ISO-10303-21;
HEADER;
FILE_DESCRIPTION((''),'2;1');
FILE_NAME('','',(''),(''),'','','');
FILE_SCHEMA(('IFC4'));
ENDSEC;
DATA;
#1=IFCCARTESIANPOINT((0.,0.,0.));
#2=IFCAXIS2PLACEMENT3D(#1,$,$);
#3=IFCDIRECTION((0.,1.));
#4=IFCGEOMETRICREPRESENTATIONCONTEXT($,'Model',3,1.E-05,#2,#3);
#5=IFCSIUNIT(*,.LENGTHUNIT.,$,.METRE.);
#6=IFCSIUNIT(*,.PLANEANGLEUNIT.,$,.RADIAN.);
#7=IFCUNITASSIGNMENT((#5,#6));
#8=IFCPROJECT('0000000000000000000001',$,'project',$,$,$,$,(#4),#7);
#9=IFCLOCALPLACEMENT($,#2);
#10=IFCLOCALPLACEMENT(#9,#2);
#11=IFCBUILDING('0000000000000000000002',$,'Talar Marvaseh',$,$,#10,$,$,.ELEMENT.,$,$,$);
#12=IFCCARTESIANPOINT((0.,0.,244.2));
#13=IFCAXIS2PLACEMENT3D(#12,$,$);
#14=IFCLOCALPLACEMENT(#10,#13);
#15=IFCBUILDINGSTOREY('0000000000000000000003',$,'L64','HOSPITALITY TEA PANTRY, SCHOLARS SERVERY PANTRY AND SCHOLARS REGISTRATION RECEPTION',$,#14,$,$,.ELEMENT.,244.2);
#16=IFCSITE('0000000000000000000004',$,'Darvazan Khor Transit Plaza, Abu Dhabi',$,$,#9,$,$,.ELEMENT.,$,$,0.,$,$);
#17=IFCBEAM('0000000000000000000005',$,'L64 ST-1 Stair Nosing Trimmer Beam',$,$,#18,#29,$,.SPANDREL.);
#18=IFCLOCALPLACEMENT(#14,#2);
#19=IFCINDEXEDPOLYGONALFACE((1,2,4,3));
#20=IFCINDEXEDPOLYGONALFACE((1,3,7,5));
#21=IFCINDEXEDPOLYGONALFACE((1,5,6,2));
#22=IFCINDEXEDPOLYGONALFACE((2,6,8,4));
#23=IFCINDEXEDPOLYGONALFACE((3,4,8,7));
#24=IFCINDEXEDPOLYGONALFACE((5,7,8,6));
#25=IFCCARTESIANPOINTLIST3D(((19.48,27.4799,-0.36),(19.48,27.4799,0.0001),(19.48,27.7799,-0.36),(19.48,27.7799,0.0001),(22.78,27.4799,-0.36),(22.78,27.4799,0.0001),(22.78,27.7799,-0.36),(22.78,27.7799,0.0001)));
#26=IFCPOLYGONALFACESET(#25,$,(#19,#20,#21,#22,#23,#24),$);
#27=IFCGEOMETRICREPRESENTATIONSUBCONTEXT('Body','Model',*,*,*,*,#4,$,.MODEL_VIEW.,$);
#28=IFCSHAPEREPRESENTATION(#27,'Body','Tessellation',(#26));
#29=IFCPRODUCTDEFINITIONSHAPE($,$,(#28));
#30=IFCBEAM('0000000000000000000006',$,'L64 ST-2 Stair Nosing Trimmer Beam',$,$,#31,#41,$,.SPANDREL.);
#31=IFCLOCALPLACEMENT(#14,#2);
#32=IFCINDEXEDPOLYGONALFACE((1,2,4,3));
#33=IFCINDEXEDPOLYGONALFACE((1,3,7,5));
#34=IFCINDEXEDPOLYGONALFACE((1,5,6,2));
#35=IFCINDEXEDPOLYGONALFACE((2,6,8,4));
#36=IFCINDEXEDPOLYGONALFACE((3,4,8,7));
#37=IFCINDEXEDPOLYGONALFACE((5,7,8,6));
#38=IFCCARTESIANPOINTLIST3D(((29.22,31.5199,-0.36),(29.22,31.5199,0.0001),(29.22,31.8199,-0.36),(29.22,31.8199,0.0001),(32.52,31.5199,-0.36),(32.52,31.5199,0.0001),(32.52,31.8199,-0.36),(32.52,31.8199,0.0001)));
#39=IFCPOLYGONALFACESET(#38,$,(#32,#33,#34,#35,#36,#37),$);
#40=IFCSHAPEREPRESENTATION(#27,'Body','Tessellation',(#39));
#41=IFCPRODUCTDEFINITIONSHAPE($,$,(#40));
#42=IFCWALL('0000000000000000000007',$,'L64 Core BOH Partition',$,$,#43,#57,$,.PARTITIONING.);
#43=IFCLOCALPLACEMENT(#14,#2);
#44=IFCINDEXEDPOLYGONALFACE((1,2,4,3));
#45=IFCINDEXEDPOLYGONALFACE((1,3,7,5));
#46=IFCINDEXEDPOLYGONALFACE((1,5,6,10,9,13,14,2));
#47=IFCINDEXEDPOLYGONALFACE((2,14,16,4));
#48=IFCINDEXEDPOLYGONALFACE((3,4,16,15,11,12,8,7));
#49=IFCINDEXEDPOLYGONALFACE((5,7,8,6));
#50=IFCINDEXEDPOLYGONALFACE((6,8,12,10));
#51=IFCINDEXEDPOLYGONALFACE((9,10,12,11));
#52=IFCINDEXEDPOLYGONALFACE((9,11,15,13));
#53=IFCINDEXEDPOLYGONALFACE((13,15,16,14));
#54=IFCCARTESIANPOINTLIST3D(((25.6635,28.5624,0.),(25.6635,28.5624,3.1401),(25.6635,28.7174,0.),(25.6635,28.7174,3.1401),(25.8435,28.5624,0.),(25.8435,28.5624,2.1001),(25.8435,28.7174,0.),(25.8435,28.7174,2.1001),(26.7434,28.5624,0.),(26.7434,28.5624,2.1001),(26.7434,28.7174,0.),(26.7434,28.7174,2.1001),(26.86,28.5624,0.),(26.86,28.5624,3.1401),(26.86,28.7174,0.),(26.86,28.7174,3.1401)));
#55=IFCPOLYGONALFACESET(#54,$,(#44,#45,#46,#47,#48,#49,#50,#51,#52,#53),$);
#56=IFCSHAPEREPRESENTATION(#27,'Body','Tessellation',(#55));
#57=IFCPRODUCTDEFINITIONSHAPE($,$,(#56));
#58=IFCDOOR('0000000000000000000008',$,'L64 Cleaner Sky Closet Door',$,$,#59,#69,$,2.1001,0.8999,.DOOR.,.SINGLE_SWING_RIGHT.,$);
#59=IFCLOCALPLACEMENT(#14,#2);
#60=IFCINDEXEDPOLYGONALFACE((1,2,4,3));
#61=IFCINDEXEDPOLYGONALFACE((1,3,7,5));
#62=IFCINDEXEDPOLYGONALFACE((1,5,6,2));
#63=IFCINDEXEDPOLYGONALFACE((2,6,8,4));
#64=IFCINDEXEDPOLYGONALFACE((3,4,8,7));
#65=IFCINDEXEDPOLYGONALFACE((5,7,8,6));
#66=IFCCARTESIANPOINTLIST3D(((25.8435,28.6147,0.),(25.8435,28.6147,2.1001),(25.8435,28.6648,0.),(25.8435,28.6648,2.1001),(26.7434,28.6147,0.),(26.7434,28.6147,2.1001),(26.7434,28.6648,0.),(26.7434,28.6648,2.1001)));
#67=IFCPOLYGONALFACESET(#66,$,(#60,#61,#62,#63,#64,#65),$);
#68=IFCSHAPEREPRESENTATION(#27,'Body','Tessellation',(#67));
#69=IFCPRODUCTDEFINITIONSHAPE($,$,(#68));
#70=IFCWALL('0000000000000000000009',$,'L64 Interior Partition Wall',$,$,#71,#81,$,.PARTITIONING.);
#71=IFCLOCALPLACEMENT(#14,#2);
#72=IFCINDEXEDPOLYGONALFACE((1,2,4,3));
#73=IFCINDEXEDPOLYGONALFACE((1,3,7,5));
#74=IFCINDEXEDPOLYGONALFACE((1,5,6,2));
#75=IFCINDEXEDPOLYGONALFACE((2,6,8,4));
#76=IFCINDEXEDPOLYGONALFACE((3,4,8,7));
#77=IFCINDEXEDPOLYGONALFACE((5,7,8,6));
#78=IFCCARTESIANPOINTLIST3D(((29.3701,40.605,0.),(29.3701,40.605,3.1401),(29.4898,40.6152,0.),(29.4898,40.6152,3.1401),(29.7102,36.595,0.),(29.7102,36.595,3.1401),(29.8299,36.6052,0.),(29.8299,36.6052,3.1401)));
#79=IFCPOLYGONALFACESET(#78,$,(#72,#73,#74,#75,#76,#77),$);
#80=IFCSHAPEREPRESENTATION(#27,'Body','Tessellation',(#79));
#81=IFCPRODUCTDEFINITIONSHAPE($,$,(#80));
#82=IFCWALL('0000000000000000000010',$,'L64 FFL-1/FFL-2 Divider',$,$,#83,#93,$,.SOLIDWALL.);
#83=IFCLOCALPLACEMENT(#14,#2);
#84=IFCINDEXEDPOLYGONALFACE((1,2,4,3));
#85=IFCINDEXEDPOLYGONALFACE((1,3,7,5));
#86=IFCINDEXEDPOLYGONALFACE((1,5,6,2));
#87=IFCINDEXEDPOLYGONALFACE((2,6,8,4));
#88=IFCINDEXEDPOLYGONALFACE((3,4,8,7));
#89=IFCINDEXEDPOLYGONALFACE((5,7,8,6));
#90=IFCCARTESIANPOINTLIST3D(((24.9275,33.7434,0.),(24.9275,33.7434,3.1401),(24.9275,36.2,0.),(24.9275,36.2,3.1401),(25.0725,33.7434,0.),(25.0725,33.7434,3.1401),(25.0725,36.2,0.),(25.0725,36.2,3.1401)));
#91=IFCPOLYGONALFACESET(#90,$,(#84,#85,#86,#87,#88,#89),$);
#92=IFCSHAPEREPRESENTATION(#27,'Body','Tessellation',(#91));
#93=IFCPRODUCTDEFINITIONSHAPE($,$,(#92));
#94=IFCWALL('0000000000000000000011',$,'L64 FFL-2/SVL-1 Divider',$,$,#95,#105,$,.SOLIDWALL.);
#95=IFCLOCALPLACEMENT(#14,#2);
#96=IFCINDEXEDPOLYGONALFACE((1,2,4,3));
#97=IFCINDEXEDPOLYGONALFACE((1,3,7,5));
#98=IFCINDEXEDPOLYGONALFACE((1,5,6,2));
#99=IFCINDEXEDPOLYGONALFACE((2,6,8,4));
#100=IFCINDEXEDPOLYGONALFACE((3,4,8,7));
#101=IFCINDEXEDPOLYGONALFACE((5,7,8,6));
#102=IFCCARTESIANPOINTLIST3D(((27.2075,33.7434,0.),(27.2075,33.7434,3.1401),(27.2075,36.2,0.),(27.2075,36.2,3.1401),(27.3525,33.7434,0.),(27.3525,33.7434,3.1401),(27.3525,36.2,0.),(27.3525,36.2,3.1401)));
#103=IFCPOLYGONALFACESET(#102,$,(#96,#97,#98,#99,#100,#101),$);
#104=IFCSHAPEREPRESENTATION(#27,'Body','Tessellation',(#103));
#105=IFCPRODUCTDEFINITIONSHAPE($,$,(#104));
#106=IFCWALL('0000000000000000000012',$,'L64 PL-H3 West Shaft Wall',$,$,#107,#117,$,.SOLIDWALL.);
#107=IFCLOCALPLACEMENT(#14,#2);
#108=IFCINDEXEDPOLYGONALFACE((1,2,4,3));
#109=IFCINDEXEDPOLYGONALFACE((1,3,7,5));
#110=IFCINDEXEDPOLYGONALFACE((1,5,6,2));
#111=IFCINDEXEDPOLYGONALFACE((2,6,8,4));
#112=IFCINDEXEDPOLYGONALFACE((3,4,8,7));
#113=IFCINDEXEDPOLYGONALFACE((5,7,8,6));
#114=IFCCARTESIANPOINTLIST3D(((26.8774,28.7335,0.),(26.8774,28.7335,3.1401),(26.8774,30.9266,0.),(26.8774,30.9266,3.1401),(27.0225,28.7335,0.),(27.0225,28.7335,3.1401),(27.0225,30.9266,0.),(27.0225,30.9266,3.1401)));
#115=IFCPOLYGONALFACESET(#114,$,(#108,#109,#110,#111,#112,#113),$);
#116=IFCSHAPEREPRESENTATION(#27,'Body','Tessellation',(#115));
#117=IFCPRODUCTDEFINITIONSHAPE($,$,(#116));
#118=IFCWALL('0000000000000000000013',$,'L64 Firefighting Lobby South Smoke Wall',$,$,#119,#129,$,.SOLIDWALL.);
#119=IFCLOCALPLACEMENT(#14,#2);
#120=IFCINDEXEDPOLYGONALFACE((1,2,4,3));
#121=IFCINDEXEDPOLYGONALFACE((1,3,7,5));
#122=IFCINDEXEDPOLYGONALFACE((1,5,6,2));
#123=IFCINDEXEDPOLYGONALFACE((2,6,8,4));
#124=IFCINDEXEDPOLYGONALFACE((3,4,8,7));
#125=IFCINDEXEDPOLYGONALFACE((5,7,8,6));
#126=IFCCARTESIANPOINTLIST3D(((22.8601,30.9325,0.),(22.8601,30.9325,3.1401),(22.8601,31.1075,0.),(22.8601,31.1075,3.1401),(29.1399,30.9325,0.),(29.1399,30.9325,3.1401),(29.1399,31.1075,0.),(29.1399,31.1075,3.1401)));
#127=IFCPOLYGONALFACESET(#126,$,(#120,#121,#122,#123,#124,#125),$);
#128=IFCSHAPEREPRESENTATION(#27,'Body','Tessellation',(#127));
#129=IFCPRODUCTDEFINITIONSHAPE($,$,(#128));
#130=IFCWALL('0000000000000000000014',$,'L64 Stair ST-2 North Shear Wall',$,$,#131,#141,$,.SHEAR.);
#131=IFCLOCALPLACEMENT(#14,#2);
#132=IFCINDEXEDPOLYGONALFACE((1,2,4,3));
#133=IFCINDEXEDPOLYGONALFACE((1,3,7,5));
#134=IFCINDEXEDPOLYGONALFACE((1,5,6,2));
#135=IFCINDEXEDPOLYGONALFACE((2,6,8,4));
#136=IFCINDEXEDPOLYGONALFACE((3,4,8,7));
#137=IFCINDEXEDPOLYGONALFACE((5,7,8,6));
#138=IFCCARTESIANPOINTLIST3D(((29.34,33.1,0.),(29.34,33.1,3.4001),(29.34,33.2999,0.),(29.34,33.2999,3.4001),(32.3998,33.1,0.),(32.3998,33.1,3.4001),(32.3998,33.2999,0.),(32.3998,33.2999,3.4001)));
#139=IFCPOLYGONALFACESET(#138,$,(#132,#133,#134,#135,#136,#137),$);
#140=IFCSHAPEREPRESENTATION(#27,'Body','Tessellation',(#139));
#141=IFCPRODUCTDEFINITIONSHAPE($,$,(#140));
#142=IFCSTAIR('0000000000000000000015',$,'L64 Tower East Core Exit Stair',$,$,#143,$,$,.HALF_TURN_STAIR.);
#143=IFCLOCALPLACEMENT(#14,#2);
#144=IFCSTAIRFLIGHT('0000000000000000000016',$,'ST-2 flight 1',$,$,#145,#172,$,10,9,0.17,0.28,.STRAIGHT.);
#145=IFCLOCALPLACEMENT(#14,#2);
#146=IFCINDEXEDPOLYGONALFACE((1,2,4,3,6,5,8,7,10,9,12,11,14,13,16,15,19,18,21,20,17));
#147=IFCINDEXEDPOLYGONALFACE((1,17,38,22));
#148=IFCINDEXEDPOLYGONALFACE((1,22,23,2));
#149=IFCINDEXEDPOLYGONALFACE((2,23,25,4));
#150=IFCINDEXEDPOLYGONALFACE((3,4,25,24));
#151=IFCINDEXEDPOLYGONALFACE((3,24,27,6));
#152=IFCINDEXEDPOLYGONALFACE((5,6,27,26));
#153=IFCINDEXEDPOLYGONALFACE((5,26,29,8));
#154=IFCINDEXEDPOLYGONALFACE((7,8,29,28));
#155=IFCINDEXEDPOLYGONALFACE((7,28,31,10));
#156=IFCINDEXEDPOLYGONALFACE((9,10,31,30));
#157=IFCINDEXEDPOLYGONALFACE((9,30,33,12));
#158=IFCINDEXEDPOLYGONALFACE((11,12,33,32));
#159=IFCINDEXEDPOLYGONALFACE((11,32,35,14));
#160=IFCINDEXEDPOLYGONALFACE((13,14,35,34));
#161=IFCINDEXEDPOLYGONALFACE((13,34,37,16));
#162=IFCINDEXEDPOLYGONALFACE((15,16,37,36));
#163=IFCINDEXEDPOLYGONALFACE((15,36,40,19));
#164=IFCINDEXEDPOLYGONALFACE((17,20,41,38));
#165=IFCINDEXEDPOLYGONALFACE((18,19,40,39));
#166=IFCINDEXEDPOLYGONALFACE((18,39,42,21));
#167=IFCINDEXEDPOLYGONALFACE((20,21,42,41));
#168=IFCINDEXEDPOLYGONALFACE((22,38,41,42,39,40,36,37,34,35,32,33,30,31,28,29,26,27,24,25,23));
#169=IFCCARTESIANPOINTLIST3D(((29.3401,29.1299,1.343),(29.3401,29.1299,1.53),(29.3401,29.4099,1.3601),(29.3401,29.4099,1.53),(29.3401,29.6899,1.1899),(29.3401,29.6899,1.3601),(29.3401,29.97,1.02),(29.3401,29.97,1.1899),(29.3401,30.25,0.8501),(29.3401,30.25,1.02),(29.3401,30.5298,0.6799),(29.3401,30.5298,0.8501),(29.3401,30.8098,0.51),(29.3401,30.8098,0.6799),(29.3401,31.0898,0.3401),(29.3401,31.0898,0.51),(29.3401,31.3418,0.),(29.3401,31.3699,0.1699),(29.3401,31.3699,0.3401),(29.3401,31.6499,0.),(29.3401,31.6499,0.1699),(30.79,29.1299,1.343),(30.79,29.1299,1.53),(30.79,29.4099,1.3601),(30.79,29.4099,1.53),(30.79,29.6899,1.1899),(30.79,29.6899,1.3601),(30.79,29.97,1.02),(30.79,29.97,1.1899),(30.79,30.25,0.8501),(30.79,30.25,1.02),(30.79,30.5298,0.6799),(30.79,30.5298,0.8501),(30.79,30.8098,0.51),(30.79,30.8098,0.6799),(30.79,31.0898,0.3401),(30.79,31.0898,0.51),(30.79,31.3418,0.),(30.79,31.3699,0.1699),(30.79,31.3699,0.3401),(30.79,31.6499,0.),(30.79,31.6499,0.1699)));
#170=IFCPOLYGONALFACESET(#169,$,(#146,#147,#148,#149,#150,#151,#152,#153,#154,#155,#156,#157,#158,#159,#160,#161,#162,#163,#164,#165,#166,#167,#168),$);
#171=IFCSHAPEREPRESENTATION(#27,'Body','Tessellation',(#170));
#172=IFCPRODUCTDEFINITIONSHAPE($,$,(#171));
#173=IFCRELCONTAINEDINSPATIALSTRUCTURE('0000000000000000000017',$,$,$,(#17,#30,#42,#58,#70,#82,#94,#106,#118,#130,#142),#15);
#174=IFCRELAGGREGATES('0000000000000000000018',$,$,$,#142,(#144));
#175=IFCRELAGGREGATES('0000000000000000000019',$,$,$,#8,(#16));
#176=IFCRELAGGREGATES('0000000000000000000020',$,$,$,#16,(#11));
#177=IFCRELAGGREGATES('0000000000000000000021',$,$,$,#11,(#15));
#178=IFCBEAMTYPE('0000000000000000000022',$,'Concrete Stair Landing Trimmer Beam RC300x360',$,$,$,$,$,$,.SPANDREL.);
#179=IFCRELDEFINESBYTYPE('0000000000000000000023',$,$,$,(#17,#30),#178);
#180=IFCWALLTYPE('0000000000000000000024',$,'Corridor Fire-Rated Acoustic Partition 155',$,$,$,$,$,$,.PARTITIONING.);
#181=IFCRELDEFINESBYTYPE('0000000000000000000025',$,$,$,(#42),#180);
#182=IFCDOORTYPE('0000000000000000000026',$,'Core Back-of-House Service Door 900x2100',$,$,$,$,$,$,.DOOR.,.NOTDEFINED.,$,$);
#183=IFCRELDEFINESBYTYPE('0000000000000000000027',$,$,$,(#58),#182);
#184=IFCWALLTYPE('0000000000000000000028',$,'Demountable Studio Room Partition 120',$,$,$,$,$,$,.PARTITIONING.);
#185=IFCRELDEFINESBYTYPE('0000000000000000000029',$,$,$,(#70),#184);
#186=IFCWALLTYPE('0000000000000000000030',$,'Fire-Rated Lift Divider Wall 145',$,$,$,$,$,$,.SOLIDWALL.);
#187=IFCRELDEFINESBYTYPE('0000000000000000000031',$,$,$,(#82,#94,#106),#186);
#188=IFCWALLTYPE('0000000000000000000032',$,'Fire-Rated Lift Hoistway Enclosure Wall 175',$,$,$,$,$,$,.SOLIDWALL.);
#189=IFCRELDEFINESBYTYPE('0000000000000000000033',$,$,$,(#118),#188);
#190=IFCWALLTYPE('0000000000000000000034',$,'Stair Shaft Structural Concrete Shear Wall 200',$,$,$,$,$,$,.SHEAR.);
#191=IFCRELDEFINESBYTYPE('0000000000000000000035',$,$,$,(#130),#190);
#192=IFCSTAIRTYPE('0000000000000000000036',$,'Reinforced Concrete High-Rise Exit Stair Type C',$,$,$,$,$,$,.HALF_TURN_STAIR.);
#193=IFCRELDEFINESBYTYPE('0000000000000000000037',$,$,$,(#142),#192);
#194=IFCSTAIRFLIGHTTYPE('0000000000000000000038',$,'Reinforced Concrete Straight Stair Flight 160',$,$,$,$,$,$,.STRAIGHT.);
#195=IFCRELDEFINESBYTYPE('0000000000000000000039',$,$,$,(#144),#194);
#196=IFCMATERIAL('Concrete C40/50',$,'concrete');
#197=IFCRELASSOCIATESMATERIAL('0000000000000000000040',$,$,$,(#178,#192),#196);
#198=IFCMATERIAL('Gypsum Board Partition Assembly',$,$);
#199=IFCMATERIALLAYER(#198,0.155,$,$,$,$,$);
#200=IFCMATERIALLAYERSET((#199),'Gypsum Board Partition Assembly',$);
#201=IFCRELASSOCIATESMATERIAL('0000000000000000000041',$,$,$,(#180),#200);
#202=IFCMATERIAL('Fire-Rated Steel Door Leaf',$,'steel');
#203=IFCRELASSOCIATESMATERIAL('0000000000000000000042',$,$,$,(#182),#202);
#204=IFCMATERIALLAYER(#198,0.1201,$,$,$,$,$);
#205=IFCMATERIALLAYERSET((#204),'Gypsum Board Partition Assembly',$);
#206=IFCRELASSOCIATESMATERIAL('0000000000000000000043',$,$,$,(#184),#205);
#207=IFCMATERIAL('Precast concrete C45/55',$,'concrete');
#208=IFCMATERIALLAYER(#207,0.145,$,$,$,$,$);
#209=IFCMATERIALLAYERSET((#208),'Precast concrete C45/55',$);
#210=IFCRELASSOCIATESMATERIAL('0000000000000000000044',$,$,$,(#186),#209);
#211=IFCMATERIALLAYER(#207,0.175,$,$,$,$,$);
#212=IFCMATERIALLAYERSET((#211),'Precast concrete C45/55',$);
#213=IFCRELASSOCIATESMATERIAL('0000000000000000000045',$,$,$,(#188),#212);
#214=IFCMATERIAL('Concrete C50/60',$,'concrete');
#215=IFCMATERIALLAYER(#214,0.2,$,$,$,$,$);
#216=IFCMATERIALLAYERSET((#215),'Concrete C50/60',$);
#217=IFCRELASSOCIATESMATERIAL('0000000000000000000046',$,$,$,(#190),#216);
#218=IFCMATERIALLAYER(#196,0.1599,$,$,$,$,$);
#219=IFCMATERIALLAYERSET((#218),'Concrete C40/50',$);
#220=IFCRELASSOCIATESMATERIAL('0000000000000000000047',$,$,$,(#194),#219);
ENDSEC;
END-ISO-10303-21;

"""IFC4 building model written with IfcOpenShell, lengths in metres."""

from ifc_helpers import new_model, si_unit, direction, frame, frame_2d, origin, origin_2d, place, context, subcontext, project, spatial, polyline, rectangle, outline, extrude, source, transform, mapped, material, layer, layer_set, material_profile, profile_set, type_object, type_shapes, element, fill, aggregate, save


model = new_model("IFC4")

# Units and contexts
model_context = context("Model", 3, precision=1e-05, world=origin(), true_north=direction((0.0, 1.0)))
body_context = subcontext(model_context, "Body", "Model", "MODEL_VIEW")
ifc_project = project(units=[si_unit("LENGTHUNIT", "METRE"), si_unit("PLANEANGLEUNIT", "RADIAN")], contexts=[model_context])

# Site, building, storey
site_placement = place(None, origin())
site = spatial("IfcSite", under=ifc_project, at=site_placement, Name="Darvazan Khor Transit Plaza, Abu Dhabi", CompositionType="ELEMENT", RefElevation=0.0)
building_placement = place(site_placement, origin())
building = spatial("IfcBuilding", under=site, at=building_placement, Name="Talar Marvaseh", CompositionType="ELEMENT")
storey_placement = place(building_placement, frame((0.0, 0.0, 244.2)))
storey = spatial("IfcBuildingStorey", under=building, at=storey_placement, Name="L64", Description="HOSPITALITY TEA PANTRY, SCHOLARS SERVERY PANTRY AND SCHOLARS REGISTRATION RECEPTION", CompositionType="ELEMENT", Elevation=244.2)

# Beams
ifc_material_1 = material(Name="Concrete C40/50", Category="concrete")
ifc_material_profile = material_profile(ifc_material_1, rectangle(XDim=0.3, YDim=0.3601, at=origin_2d()), Name="RC300x360")
ifc_profile_set = profile_set([ifc_material_profile], Name="Concrete C40/50")
beam_type = type_object("IfcBeamType", Name="Concrete Stair Landing Trimmer Beam RC300x360", PredefinedType="SPANDREL", material=ifc_profile_set)
for number, where, z_axis, x_axis, name in (
    (1, (22.78, 27.6299, -0.1799), (-1.0, 0.0, 0.0), (0.0, -1.0, 0.0), "L64 ST-1 Stair Nosing Trimmer Beam"),
    (2, (29.22, 31.6699, -0.1799), (1.0, 0.0, 0.0), (0.0, 1.0, 0.0), "L64 ST-2 Stair Nosing Trimmer Beam"),
):
    element("IfcBeam", number, at=place(storey_placement, frame(where, z_axis=z_axis, x_axis=x_axis)), inside=storey, type_object=beam_type, Name=name, PredefinedType="SPANDREL", context=body_context, shape_type="SweptSolid", body=[
        extrude(rectangle(XDim=0.3, YDim=0.3601, at=origin_2d()), origin(), (0.0, 0.0, 1.0), 3.3),
    ])

# Wall, opening, door
ifc_material_2 = material(Name="Gypsum Board Partition Assembly")
ifc_layer_1 = layer(ifc_material_2, 0.155)
ifc_layer_set_1 = layer_set([ifc_layer_1], Name="Gypsum Board Partition Assembly")
wall_type_1 = type_object("IfcWallType", Name="Corridor Fire-Rated Acoustic Partition 155", PredefinedType="PARTITIONING", material=ifc_layer_set_1)
wall_1_placement = place(storey_placement, frame((25.6636, 28.6399, 0.0), z_axis=(0.0, 0.0, 1.0), x_axis=(1.0, 0.0, 0.0)))
wall_1 = element("IfcWall", 3, at=wall_1_placement, inside=storey, type_object=wall_type_1, Name="L64 Core BOH Partition", PredefinedType="PARTITIONING", context=body_context, shape_type="SweptSolid", body=[
    extrude(rectangle(XDim=1.1965, YDim=0.155, at=frame_2d((0.5981, 0.0))), origin(), (0.0, 0.0, 1.0), 3.1401),
])
opening_1_placement = place(wall_1_placement, frame((0.1799, 0.0, 0.0)))
opening_1 = element("IfcOpeningElement", 4, at=opening_1_placement, cuts=wall_1, PredefinedType="OPENING", context=body_context, shape_type="SweptSolid", body=[
    extrude(rectangle(XDim=0.8999, YDim=2.1001, at=frame_2d((0.45, 1.05))), frame((0.0, 0.0874, 0.0), z_axis=(0.0, -1.0, 0.0), x_axis=(1.0, 0.0, 0.0)), (0.0, 0.0, 1.0), 0.175),
])
ifc_material_3 = material(Name="Fire-Rated Steel Door Leaf", Category="steel")
door_type_1 = type_object("IfcDoorType", Name="Core Back-of-House Service Door 900x2100", OperationType="NOTDEFINED", PredefinedType="DOOR", material=ifc_material_3)
shared_shape_1 = source(origin(), body_context, "Body", "SweptSolid", [
    extrude(rectangle(XDim=0.8999, YDim=2.1001, at=frame_2d((0.45, 1.05))), frame((0.0, 0.0249, 0.0), z_axis=(0.0, -1.0, 0.0), x_axis=(1.0, 0.0, 0.0)), (0.0, 0.0, 1.0), 0.05),
])
type_shapes(door_type_1, [shared_shape_1])
door_1_placement = place(opening_1_placement, origin())
door_1 = element("IfcDoor", 5, at=door_1_placement, inside=storey, type_object=door_type_1, Name="L64 Cleaner Sky Closet Door", OperationType="SINGLE_SWING_RIGHT", OverallHeight=2.1001, OverallWidth=0.8999, PredefinedType="DOOR", context=body_context, shape_type="MappedRepresentation", body=[
    mapped(shared_shape_1, transform((0.0, 0.0, 0.0), x_axis=(1.0, 0.0, 0.0), y_axis=(0.0, 1.0, 0.0), z_axis=(0.0, 0.0, 1.0), scale=1.0)),
])
fill(opening_1, door_1)

# Walls
ifc_layer_2 = layer(ifc_material_2, 0.1201)
ifc_layer_set_2 = layer_set([ifc_layer_2], Name="Gypsum Board Partition Assembly")
wall_type_2 = type_object("IfcWallType", Name="Demountable Studio Room Partition 120", PredefinedType="PARTITIONING", material=ifc_layer_set_2)
wall_2_placement = place(storey_placement, frame((29.77, 36.6001, 0.0), z_axis=(0.0, 0.0, 1.0), x_axis=(-0.084506, 0.996423, 0.0)))
element("IfcWall", 6, at=wall_2_placement, inside=storey, type_object=wall_type_2, Name="L64 Interior Partition Wall", PredefinedType="PARTITIONING", context=body_context, shape_type="SweptSolid", body=[
    extrude(rectangle(XDim=4.0244, YDim=0.1201, at=frame_2d((2.0122, 0.0))), origin(), (0.0, 0.0, 1.0), 3.1401),
])
ifc_material_4 = material(Name="Precast concrete C45/55", Category="concrete")
ifc_layer_3 = layer(ifc_material_4, 0.145)
ifc_layer_set_3 = layer_set([ifc_layer_3], Name="Precast concrete C45/55")
wall_type_3 = type_object("IfcWallType", Name="Fire-Rated Lift Divider Wall 145", PredefinedType="SOLIDWALL", material=ifc_layer_set_3)
for number, where, z_axis, x_axis, name in (
    (7, (25.0, 33.7434, 0.0), (0.0, 0.0, 1.0), (0.0, 1.0, 0.0), "L64 FFL-1/FFL-2 Divider"),
    (8, (27.28, 33.7434, 0.0), (0.0, 0.0, 1.0), (0.0, 1.0, 0.0), "L64 FFL-2/SVL-1 Divider"),
):
    element("IfcWall", number, at=place(storey_placement, frame(where, z_axis=z_axis, x_axis=x_axis)), inside=storey, type_object=wall_type_3, Name=name, PredefinedType="SOLIDWALL", context=body_context, shape_type="SweptSolid", body=[
        extrude(rectangle(XDim=2.4565, YDim=0.145, at=frame_2d((1.2283, 0.0))), origin(), (0.0, 0.0, 1.0), 3.1401),
    ])
wall_3_placement = place(storey_placement, frame((26.95, 28.7334, 0.0), z_axis=(0.0, 0.0, 1.0), x_axis=(0.0, 1.0, 0.0)))
element("IfcWall", 9, at=wall_3_placement, inside=storey, type_object=wall_type_3, Name="L64 PL-H3 West Shaft Wall", PredefinedType="SOLIDWALL", context=body_context, shape_type="SweptSolid", body=[
    extrude(rectangle(XDim=2.1931, YDim=0.145, at=frame_2d((1.0967, 0.0))), origin(), (0.0, 0.0, 1.0), 3.1401),
])

# Shared definitions
ifc_layer_4 = layer(ifc_material_4, 0.175)
ifc_layer_set_4 = layer_set([ifc_layer_4], Name="Precast concrete C45/55")
wall_type_4 = type_object("IfcWallType", Name="Fire-Rated Lift Hoistway Enclosure Wall 175", PredefinedType="SOLIDWALL", material=ifc_layer_set_4)

# Wall
wall_4_placement = place(storey_placement, frame((22.8601, 31.02, 0.0), z_axis=(0.0, 0.0, 1.0), x_axis=(1.0, 0.0, 0.0)))
element("IfcWall", 10, at=wall_4_placement, inside=storey, type_object=wall_type_4, Name="L64 Firefighting Lobby South Smoke Wall", PredefinedType="SOLIDWALL", context=body_context, shape_type="SweptSolid", body=[
    extrude(rectangle(XDim=6.2798, YDim=0.175, at=frame_2d((3.1399, 0.0))), origin(), (0.0, 0.0, 1.0), 3.1401),
])

# Wall
ifc_material_5 = material(Name="Concrete C50/60", Category="concrete")
ifc_layer_5 = layer(ifc_material_5, 0.2)
ifc_layer_set_5 = layer_set([ifc_layer_5], Name="Concrete C50/60")
wall_type_5 = type_object("IfcWallType", Name="Stair Shaft Structural Concrete Shear Wall 200", PredefinedType="SHEAR", material=ifc_layer_set_5)
wall_5_placement = place(storey_placement, frame((29.3401, 33.2, 0.0), z_axis=(0.0, 0.0, 1.0), x_axis=(1.0, 0.0, 0.0)))
element("IfcWall", 11, at=wall_5_placement, inside=storey, type_object=wall_type_5, Name="L64 Stair ST-2 North Shear Wall", PredefinedType="SHEAR", context=body_context, shape_type="SweptSolid", body=[
    extrude(rectangle(XDim=3.0598, YDim=0.2, at=frame_2d((1.5298, 0.0))), origin(), (0.0, 0.0, 1.0), 3.4001),
])

# Stair, stair flight
stair_type = type_object("IfcStairType", Name="Reinforced Concrete High-Rise Exit Stair Type C", PredefinedType="HALF_TURN_STAIR", material=ifc_material_1)
stair_placement = place(storey_placement, origin())
stair = element("IfcStair", 12, at=stair_placement, inside=storey, type_object=stair_type, Name="L64 Tower East Core Exit Stair", PredefinedType="HALF_TURN_STAIR")
ifc_layer_6 = layer(ifc_material_1, 0.1599)
ifc_layer_set_6 = layer_set([ifc_layer_6], Name="Concrete C40/50")
stair_flight_type = type_object("IfcStairFlightType", Name="Reinforced Concrete Straight Stair Flight 160", PredefinedType="STRAIGHT", material=ifc_layer_set_6)
stair_flight_placement = place(storey_placement, frame((30.0649, 31.6499, 0.0), z_axis=(0.0, 0.0, 1.0), x_axis=(0.0, -1.0, 0.0)))
stair_flight = element("IfcStairFlight", 13, at=stair_flight_placement, type_object=stair_flight_type, Name="ST-2 flight 1", NumberOfRisers=10, NumberOfTreads=9, PredefinedType="STRAIGHT", RiserHeight=0.17, TreadLength=0.28, context=body_context, shape_type="SweptSolid", body=[
    extrude(outline(polyline([(0.0, 0.0), (0.0, 0.1699), (0.28, 0.1699), (0.28, 0.3401), (0.5601, 0.3401), (0.5601, 0.51), (0.8401, 0.51), (0.8401, 0.6799), (1.1201, 0.6799), (1.1201, 0.8501), (1.3999, 0.8501), (1.3999, 1.02), (1.6799, 1.02), (1.6799, 1.1899), (1.96, 1.1899), (1.96, 1.3601), (2.24, 1.3601), (2.24, 1.53), (2.52, 1.53), (2.52, 1.7), (2.52, 1.343), (0.3081, 0.0), (0.0, 0.0)])), frame((0.0, 0.7251, 0.0), z_axis=(0.0, -1.0, 0.0), x_axis=(1.0, 0.0, 0.0)), (0.0, 0.0, 1.0), 1.45),
])
aggregate(stair, [stair_flight])

save(model, "model.ifc")
